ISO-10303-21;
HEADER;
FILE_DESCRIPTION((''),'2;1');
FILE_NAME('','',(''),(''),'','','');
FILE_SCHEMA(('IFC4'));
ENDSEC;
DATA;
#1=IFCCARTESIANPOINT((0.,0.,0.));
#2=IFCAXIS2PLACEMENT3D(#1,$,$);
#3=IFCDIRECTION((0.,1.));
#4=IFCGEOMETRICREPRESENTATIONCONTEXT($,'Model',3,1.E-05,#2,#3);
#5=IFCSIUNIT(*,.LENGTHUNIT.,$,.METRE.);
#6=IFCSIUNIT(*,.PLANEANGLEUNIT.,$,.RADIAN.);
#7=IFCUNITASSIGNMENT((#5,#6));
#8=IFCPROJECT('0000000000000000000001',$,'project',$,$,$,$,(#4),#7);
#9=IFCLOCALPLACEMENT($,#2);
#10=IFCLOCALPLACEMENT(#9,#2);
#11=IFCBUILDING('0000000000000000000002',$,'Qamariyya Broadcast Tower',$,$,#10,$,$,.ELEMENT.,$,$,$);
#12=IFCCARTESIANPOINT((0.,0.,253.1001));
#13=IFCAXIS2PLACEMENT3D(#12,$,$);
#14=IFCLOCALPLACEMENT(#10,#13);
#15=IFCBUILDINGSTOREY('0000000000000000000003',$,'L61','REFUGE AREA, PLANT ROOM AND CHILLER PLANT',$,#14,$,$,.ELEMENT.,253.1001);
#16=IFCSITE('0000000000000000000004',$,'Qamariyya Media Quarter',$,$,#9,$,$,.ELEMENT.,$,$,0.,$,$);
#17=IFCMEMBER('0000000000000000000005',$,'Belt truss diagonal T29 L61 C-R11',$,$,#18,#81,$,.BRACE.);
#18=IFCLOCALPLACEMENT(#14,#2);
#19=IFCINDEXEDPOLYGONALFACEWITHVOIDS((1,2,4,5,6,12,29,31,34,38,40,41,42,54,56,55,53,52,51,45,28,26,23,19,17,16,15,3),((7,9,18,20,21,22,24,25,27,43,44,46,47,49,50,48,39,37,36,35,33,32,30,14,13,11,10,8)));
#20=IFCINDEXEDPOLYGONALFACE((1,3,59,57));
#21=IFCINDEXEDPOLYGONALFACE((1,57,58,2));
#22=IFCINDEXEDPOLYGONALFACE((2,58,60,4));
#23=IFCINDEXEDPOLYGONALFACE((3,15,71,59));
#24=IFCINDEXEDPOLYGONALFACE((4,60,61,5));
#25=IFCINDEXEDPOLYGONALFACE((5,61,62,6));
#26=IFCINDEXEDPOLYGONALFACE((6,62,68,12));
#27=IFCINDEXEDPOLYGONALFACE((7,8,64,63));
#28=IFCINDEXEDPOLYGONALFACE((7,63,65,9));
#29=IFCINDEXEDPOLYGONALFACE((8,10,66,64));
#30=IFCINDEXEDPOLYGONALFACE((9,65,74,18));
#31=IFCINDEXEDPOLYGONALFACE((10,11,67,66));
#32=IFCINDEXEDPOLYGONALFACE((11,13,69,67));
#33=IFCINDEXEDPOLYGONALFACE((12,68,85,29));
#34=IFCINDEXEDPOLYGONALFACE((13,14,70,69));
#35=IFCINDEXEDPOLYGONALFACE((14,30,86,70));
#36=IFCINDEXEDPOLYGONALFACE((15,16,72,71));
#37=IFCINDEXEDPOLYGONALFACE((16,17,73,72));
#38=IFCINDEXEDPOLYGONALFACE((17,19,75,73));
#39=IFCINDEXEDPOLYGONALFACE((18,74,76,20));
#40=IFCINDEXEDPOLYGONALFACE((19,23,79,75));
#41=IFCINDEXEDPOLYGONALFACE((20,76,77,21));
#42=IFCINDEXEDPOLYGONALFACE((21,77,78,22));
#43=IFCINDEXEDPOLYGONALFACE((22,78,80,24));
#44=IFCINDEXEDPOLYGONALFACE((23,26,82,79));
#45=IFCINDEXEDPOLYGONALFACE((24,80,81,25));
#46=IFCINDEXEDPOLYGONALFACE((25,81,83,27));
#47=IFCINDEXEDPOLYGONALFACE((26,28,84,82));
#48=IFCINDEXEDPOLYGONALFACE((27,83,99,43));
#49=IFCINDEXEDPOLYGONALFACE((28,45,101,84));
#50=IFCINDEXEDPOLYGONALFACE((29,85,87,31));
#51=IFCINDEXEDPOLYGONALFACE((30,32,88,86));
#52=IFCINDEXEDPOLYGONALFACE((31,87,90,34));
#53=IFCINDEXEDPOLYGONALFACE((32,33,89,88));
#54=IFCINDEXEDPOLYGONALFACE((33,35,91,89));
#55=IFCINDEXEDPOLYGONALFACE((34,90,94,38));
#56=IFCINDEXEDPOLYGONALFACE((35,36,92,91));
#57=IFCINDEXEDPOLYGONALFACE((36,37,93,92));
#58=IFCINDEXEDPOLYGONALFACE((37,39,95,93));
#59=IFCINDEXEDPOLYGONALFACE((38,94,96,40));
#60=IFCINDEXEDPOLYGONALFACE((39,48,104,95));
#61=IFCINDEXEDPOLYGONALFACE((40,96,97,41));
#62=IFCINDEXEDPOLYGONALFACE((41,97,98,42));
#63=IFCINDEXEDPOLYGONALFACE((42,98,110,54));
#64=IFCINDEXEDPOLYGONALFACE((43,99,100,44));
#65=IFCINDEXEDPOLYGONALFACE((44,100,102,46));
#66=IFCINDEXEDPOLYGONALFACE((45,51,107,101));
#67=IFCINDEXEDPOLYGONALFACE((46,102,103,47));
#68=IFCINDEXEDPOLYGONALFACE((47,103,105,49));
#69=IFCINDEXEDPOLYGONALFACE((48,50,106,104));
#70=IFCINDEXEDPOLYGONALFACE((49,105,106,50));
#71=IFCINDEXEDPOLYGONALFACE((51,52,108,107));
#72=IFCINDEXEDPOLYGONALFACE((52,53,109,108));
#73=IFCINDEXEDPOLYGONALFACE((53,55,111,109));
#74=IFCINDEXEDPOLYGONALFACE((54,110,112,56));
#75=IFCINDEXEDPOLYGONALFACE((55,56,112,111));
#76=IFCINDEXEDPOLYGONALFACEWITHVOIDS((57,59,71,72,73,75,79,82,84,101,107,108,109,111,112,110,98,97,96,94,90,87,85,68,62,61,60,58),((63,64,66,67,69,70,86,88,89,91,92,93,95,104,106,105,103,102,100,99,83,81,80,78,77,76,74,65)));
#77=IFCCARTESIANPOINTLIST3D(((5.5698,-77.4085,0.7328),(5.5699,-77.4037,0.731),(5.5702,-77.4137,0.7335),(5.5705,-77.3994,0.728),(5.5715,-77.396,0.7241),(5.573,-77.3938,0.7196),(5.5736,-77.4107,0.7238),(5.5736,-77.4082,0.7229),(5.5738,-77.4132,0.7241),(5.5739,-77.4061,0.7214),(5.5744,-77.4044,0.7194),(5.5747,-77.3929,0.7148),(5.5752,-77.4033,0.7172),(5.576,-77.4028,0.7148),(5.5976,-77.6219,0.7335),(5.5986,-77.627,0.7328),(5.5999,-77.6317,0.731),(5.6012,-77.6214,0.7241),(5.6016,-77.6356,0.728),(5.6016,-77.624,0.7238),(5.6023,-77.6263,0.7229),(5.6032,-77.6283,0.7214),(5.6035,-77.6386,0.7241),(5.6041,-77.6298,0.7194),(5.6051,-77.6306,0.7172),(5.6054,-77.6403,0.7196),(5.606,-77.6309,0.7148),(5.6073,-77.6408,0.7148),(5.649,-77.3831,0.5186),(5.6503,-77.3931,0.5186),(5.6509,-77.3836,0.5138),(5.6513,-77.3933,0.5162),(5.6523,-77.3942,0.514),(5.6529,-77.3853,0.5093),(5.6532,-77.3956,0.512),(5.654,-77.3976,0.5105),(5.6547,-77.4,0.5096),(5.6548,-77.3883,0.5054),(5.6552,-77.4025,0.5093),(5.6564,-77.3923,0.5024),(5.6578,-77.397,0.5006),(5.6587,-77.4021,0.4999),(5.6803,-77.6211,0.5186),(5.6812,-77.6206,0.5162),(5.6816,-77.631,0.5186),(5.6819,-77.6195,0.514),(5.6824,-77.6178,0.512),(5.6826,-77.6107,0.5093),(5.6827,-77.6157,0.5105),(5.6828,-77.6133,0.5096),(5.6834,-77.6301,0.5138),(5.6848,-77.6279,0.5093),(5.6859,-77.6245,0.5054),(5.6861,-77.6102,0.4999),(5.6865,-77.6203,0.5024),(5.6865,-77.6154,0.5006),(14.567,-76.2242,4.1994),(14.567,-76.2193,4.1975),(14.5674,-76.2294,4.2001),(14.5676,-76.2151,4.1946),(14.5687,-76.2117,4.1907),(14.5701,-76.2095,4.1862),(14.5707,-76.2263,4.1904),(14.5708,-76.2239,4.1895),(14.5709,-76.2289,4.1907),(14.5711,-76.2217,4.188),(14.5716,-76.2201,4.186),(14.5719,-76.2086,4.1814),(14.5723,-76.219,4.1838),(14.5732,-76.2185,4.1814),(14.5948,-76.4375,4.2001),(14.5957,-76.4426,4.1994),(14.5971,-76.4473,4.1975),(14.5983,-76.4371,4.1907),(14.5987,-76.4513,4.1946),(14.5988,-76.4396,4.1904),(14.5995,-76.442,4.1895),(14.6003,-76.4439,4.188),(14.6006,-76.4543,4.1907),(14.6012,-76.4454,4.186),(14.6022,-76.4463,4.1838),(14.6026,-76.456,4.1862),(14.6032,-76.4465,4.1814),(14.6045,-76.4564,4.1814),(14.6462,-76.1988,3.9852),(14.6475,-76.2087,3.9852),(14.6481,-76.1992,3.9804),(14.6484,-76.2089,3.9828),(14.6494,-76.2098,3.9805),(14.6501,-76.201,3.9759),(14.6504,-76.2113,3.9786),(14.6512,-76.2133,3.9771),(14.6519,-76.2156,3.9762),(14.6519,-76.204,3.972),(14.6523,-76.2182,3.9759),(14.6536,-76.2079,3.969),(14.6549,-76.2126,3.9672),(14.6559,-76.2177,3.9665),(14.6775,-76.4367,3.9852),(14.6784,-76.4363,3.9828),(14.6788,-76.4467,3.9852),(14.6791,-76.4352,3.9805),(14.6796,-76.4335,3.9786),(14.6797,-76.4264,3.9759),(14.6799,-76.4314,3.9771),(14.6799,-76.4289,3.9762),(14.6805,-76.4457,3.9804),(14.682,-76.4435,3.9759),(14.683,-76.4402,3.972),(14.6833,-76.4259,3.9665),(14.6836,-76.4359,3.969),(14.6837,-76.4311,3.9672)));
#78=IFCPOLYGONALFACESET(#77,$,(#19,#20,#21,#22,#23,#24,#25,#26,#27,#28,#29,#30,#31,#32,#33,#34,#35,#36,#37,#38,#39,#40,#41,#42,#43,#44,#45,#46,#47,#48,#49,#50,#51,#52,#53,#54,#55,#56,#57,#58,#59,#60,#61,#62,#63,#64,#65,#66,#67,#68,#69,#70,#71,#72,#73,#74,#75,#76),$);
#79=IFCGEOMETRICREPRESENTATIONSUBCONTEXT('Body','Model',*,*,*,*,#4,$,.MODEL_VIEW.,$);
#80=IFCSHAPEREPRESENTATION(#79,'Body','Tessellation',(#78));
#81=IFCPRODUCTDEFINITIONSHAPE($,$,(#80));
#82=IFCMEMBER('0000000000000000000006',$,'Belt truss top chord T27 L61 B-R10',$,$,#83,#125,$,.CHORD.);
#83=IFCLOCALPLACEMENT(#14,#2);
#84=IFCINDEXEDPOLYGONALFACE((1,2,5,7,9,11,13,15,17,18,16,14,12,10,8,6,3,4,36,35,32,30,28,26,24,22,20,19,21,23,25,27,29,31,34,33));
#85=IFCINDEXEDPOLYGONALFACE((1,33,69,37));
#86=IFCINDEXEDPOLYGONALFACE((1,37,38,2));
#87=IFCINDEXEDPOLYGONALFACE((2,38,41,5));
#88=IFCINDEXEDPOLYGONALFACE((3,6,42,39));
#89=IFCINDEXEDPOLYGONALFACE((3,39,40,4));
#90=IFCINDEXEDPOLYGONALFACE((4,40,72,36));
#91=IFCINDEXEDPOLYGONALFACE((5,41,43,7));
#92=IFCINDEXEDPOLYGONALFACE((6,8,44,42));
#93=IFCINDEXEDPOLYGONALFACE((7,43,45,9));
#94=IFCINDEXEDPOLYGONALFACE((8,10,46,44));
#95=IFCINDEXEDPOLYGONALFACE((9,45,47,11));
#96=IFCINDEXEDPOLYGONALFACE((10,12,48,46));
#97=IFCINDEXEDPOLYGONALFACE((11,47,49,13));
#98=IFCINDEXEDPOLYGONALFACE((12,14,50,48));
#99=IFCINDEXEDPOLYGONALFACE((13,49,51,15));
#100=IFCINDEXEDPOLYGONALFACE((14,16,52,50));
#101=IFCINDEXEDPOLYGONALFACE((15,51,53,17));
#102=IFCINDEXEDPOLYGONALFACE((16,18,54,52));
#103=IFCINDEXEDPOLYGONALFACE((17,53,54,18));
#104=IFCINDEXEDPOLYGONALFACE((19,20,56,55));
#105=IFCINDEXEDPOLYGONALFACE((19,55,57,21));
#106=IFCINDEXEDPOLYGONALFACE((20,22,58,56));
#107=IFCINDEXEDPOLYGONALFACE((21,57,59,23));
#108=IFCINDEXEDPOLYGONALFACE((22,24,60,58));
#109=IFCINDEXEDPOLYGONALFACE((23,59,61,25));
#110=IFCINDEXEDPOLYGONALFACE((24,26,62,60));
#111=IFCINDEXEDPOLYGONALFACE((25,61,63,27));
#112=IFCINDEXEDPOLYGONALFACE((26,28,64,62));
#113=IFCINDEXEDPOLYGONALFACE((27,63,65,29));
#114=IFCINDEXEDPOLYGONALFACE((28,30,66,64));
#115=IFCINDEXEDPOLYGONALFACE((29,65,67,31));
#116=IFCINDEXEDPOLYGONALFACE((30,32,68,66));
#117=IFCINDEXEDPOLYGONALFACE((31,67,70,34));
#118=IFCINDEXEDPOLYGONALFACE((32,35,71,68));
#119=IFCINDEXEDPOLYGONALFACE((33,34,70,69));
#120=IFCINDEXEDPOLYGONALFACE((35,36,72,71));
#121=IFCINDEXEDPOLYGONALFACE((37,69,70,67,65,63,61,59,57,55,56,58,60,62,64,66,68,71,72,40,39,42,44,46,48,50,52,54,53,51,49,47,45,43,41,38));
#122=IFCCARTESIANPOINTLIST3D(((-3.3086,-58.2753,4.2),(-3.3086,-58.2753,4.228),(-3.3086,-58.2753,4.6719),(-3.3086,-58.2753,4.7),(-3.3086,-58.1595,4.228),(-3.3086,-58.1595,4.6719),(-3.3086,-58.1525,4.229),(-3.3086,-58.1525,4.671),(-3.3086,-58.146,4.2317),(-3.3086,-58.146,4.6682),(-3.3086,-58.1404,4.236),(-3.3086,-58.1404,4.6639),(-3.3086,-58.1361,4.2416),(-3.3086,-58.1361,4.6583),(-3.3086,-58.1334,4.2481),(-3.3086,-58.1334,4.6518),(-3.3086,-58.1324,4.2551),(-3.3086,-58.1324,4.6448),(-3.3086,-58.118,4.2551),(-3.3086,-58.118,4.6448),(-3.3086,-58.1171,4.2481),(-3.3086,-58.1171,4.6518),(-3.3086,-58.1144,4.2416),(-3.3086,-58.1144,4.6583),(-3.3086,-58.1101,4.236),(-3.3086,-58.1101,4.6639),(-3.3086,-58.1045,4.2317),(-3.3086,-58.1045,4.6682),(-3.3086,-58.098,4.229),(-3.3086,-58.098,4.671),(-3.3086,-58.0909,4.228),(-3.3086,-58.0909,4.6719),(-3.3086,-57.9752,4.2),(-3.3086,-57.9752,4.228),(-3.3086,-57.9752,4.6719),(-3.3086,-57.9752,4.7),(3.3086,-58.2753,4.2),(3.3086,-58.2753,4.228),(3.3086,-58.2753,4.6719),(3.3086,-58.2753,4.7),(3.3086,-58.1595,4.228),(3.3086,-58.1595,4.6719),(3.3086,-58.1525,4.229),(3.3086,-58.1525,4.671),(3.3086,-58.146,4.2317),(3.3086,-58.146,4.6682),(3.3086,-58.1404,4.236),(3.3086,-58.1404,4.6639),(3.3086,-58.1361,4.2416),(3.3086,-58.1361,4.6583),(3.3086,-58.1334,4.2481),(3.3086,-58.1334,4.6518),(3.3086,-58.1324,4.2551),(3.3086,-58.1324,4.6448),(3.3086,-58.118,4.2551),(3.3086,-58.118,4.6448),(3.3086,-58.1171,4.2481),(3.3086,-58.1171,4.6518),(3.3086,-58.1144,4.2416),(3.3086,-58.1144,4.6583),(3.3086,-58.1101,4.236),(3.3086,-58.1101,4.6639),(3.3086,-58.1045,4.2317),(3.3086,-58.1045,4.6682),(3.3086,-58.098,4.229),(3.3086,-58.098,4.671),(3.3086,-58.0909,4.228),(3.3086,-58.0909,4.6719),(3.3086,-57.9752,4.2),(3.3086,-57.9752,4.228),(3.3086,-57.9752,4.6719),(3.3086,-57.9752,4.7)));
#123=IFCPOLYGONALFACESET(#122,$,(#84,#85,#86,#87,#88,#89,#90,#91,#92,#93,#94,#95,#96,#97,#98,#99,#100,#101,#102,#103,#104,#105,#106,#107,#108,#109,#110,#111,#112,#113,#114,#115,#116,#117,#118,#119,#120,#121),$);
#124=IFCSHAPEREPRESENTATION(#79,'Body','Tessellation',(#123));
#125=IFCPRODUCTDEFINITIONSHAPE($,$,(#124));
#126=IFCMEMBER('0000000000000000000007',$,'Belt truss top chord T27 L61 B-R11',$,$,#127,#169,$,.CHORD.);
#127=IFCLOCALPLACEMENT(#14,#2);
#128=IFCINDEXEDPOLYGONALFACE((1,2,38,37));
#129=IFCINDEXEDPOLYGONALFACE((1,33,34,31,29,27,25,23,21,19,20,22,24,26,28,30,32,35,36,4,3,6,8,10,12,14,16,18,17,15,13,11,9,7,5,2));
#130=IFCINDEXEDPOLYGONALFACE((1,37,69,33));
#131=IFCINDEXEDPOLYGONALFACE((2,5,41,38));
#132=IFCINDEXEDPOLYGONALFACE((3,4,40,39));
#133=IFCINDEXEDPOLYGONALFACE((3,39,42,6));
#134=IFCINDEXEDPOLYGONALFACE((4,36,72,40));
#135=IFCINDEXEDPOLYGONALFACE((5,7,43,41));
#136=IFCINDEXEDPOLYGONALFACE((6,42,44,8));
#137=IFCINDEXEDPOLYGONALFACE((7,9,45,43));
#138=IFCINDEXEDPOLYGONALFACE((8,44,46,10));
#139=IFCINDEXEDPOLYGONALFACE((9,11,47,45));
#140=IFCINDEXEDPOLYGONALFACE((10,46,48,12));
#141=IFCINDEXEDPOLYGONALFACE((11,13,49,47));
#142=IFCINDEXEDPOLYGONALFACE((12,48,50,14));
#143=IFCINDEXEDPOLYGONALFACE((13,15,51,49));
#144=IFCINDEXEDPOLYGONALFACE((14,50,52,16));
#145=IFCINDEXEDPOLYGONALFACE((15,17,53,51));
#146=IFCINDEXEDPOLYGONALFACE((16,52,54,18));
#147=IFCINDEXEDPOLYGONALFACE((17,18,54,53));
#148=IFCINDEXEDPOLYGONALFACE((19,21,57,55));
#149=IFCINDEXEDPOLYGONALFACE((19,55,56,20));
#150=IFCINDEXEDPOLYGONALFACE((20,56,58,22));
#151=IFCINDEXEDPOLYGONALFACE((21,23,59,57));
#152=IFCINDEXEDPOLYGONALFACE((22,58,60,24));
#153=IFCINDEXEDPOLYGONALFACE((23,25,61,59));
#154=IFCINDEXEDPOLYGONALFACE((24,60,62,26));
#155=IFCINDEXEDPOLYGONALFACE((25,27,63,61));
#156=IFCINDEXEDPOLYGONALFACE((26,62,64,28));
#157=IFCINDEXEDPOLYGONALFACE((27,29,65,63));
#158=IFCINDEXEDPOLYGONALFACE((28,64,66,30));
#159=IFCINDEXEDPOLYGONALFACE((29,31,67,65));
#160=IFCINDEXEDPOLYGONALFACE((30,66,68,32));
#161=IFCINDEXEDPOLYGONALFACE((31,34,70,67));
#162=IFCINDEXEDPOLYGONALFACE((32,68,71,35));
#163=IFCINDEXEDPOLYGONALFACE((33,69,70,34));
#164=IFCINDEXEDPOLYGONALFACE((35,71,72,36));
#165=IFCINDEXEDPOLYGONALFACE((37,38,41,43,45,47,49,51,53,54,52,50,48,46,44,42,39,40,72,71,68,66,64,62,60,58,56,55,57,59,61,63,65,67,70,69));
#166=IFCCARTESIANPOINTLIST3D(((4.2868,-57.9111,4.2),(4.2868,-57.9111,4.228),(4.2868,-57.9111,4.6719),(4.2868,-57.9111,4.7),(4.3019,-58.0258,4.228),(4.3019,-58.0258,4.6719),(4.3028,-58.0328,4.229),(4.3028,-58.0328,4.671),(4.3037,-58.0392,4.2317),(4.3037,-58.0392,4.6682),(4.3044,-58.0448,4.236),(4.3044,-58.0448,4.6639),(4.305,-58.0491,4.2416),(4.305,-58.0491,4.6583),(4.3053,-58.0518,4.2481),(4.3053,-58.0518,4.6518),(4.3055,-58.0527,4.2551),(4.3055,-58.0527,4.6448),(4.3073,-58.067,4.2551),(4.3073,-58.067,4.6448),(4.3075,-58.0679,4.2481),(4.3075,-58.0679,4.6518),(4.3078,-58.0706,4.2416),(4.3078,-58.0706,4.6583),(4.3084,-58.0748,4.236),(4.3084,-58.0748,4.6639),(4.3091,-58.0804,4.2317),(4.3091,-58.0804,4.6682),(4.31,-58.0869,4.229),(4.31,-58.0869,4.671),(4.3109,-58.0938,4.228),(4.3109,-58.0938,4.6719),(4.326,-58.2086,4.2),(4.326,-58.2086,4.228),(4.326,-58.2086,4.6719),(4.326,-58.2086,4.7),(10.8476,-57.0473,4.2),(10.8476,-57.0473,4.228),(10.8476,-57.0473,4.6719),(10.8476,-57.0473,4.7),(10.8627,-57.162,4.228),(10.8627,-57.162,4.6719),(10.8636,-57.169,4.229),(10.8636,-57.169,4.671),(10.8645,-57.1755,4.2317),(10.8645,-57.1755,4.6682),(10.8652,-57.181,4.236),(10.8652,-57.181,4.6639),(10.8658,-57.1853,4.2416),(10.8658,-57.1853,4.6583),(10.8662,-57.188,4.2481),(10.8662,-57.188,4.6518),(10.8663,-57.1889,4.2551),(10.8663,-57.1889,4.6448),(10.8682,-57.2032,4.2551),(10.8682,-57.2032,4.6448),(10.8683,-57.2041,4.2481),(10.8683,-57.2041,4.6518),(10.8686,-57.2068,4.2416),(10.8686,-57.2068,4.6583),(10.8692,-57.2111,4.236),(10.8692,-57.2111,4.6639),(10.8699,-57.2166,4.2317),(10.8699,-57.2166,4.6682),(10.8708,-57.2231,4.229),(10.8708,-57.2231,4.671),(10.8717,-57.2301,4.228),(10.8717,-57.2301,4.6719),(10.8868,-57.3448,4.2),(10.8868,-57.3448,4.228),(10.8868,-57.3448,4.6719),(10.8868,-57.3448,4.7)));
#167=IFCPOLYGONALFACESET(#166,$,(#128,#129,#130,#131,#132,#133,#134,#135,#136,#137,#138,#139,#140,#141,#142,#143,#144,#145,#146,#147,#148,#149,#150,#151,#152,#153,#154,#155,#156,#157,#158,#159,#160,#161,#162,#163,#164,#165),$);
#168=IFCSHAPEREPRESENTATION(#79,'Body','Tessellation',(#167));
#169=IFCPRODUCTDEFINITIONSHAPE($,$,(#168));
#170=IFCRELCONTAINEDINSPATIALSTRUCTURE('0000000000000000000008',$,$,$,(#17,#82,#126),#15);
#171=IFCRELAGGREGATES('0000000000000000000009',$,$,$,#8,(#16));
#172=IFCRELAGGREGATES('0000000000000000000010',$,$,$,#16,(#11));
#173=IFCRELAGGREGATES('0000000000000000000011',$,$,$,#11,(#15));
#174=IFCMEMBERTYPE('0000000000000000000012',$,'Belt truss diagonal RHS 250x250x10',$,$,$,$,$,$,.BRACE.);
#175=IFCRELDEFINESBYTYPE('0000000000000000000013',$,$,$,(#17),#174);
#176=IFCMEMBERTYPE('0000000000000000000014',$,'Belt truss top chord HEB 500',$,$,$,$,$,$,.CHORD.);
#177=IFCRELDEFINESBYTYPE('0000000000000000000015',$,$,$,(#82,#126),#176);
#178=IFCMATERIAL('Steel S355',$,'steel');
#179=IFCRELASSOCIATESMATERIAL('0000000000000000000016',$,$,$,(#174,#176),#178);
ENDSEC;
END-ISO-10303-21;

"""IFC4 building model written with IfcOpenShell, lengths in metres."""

from ifc_helpers import new_model, si_unit, direction, frame, origin, origin_2d, place, context, subcontext, project, spatial, hollow_rectangle, i_section, extrude, material, material_profile, profile_set, type_object, element, save


model = new_model("IFC4")

# Units and contexts
model_context = context("Model", 3, precision=1e-05, world=origin(), true_north=direction((0.0, 1.0)))
body_context = subcontext(model_context, "Body", "Model", "MODEL_VIEW")
ifc_project = project(units=[si_unit("LENGTHUNIT", "METRE"), si_unit("PLANEANGLEUNIT", "RADIAN")], contexts=[model_context])

# Site, building, storey
site_placement = place(None, origin())
site = spatial("IfcSite", under=ifc_project, at=site_placement, Name="Qamariyya Media Quarter", CompositionType="ELEMENT", RefElevation=0.0)
building_placement = place(site_placement, origin())
building = spatial("IfcBuilding", under=site, at=building_placement, Name="Qamariyya Broadcast Tower", CompositionType="ELEMENT")
storey_placement = place(building_placement, frame((0.0, 0.0, 253.1001)))
storey = spatial("IfcBuildingStorey", under=building, at=storey_placement, Name="L61", Description="REFUGE AREA, PLANT ROOM AND CHILLER PLANT", CompositionType="ELEMENT", Elevation=253.1001)

# Members
ifc_material_1 = material(Name="Steel S355", Category="steel")
ifc_material_profile_1 = material_profile(ifc_material_1, hollow_rectangle(XDim=0.25, YDim=0.25, WallThickness=0.01, InnerFilletRadius=0.01, OuterFilletRadius=0.02, at=origin_2d()))
ifc_profile_set_1 = profile_set([ifc_material_profile_1], Name="Steel S355")
member_type_1 = type_object("IfcMemberType", Name="Belt truss diagonal RHS 250x250x10", PredefinedType="BRACE", material=ifc_profile_set_1)
member_1_placement = place(storey_placement, frame((5.6282, -77.512, 0.6167), z_axis=(0.926171, 0.121916, 0.356852), x_axis=(-0.130509, 0.991447, 0.0)))
element("IfcMember", 1, at=member_1_placement, inside=storey, type_object=member_type_1, Name="Belt truss diagonal T29 L61 C-R11", PredefinedType="BRACE", context=body_context, shape_type="SweptSolid", body=[
    extrude(hollow_rectangle(XDim=0.25, YDim=0.25, WallThickness=0.01, InnerFilletRadius=0.01, OuterFilletRadius=0.02, at=origin_2d()), origin(), (0.0, 0.0, 1.0), 9.7144),
])
ifc_material_profile_2 = material_profile(ifc_material_1, i_section(OverallWidth=0.3, OverallDepth=0.5, WebThickness=0.0144, FlangeThickness=0.0281, FilletRadius=0.0271, at=origin_2d()))
ifc_profile_set_2 = profile_set([ifc_material_profile_2], Name="Steel S355")
member_type_2 = type_object("IfcMemberType", Name="Belt truss top chord HEB 500", PredefinedType="CHORD", material=ifc_profile_set_2)
member_2_placement = place(storey_placement, frame((-3.3086, -58.1252, 4.45), z_axis=(1.0, 0.0, 0.0), x_axis=(0.0, 1.0, 0.0)))
element("IfcMember", 2, at=member_2_placement, inside=storey, type_object=member_type_2, Name="Belt truss top chord T27 L61 B-R10", PredefinedType="CHORD", context=body_context, shape_type="SweptSolid", body=[
    extrude(i_section(OverallWidth=0.3, OverallDepth=0.5, WebThickness=0.0144, FlangeThickness=0.0281, FilletRadius=0.0271, at=origin_2d()), origin(), (0.0, 0.0, 1.0), 6.6172),
])
member_3_placement = place(storey_placement, frame((4.3064, -58.0598, 4.45), z_axis=(0.991444, 0.13053, 0.0), x_axis=(-0.13053, 0.991444, 0.0)))
element("IfcMember", 3, at=member_3_placement, inside=storey, type_object=member_type_2, Name="Belt truss top chord T27 L61 B-R11", PredefinedType="CHORD", context=body_context, shape_type="SweptSolid", body=[
    extrude(i_section(OverallWidth=0.3, OverallDepth=0.5, WebThickness=0.0144, FlangeThickness=0.0281, FilletRadius=0.0271, at=origin_2d()), origin(), (0.0, 0.0, 1.0), 6.6174),
])

save(model, "model.ifc")
